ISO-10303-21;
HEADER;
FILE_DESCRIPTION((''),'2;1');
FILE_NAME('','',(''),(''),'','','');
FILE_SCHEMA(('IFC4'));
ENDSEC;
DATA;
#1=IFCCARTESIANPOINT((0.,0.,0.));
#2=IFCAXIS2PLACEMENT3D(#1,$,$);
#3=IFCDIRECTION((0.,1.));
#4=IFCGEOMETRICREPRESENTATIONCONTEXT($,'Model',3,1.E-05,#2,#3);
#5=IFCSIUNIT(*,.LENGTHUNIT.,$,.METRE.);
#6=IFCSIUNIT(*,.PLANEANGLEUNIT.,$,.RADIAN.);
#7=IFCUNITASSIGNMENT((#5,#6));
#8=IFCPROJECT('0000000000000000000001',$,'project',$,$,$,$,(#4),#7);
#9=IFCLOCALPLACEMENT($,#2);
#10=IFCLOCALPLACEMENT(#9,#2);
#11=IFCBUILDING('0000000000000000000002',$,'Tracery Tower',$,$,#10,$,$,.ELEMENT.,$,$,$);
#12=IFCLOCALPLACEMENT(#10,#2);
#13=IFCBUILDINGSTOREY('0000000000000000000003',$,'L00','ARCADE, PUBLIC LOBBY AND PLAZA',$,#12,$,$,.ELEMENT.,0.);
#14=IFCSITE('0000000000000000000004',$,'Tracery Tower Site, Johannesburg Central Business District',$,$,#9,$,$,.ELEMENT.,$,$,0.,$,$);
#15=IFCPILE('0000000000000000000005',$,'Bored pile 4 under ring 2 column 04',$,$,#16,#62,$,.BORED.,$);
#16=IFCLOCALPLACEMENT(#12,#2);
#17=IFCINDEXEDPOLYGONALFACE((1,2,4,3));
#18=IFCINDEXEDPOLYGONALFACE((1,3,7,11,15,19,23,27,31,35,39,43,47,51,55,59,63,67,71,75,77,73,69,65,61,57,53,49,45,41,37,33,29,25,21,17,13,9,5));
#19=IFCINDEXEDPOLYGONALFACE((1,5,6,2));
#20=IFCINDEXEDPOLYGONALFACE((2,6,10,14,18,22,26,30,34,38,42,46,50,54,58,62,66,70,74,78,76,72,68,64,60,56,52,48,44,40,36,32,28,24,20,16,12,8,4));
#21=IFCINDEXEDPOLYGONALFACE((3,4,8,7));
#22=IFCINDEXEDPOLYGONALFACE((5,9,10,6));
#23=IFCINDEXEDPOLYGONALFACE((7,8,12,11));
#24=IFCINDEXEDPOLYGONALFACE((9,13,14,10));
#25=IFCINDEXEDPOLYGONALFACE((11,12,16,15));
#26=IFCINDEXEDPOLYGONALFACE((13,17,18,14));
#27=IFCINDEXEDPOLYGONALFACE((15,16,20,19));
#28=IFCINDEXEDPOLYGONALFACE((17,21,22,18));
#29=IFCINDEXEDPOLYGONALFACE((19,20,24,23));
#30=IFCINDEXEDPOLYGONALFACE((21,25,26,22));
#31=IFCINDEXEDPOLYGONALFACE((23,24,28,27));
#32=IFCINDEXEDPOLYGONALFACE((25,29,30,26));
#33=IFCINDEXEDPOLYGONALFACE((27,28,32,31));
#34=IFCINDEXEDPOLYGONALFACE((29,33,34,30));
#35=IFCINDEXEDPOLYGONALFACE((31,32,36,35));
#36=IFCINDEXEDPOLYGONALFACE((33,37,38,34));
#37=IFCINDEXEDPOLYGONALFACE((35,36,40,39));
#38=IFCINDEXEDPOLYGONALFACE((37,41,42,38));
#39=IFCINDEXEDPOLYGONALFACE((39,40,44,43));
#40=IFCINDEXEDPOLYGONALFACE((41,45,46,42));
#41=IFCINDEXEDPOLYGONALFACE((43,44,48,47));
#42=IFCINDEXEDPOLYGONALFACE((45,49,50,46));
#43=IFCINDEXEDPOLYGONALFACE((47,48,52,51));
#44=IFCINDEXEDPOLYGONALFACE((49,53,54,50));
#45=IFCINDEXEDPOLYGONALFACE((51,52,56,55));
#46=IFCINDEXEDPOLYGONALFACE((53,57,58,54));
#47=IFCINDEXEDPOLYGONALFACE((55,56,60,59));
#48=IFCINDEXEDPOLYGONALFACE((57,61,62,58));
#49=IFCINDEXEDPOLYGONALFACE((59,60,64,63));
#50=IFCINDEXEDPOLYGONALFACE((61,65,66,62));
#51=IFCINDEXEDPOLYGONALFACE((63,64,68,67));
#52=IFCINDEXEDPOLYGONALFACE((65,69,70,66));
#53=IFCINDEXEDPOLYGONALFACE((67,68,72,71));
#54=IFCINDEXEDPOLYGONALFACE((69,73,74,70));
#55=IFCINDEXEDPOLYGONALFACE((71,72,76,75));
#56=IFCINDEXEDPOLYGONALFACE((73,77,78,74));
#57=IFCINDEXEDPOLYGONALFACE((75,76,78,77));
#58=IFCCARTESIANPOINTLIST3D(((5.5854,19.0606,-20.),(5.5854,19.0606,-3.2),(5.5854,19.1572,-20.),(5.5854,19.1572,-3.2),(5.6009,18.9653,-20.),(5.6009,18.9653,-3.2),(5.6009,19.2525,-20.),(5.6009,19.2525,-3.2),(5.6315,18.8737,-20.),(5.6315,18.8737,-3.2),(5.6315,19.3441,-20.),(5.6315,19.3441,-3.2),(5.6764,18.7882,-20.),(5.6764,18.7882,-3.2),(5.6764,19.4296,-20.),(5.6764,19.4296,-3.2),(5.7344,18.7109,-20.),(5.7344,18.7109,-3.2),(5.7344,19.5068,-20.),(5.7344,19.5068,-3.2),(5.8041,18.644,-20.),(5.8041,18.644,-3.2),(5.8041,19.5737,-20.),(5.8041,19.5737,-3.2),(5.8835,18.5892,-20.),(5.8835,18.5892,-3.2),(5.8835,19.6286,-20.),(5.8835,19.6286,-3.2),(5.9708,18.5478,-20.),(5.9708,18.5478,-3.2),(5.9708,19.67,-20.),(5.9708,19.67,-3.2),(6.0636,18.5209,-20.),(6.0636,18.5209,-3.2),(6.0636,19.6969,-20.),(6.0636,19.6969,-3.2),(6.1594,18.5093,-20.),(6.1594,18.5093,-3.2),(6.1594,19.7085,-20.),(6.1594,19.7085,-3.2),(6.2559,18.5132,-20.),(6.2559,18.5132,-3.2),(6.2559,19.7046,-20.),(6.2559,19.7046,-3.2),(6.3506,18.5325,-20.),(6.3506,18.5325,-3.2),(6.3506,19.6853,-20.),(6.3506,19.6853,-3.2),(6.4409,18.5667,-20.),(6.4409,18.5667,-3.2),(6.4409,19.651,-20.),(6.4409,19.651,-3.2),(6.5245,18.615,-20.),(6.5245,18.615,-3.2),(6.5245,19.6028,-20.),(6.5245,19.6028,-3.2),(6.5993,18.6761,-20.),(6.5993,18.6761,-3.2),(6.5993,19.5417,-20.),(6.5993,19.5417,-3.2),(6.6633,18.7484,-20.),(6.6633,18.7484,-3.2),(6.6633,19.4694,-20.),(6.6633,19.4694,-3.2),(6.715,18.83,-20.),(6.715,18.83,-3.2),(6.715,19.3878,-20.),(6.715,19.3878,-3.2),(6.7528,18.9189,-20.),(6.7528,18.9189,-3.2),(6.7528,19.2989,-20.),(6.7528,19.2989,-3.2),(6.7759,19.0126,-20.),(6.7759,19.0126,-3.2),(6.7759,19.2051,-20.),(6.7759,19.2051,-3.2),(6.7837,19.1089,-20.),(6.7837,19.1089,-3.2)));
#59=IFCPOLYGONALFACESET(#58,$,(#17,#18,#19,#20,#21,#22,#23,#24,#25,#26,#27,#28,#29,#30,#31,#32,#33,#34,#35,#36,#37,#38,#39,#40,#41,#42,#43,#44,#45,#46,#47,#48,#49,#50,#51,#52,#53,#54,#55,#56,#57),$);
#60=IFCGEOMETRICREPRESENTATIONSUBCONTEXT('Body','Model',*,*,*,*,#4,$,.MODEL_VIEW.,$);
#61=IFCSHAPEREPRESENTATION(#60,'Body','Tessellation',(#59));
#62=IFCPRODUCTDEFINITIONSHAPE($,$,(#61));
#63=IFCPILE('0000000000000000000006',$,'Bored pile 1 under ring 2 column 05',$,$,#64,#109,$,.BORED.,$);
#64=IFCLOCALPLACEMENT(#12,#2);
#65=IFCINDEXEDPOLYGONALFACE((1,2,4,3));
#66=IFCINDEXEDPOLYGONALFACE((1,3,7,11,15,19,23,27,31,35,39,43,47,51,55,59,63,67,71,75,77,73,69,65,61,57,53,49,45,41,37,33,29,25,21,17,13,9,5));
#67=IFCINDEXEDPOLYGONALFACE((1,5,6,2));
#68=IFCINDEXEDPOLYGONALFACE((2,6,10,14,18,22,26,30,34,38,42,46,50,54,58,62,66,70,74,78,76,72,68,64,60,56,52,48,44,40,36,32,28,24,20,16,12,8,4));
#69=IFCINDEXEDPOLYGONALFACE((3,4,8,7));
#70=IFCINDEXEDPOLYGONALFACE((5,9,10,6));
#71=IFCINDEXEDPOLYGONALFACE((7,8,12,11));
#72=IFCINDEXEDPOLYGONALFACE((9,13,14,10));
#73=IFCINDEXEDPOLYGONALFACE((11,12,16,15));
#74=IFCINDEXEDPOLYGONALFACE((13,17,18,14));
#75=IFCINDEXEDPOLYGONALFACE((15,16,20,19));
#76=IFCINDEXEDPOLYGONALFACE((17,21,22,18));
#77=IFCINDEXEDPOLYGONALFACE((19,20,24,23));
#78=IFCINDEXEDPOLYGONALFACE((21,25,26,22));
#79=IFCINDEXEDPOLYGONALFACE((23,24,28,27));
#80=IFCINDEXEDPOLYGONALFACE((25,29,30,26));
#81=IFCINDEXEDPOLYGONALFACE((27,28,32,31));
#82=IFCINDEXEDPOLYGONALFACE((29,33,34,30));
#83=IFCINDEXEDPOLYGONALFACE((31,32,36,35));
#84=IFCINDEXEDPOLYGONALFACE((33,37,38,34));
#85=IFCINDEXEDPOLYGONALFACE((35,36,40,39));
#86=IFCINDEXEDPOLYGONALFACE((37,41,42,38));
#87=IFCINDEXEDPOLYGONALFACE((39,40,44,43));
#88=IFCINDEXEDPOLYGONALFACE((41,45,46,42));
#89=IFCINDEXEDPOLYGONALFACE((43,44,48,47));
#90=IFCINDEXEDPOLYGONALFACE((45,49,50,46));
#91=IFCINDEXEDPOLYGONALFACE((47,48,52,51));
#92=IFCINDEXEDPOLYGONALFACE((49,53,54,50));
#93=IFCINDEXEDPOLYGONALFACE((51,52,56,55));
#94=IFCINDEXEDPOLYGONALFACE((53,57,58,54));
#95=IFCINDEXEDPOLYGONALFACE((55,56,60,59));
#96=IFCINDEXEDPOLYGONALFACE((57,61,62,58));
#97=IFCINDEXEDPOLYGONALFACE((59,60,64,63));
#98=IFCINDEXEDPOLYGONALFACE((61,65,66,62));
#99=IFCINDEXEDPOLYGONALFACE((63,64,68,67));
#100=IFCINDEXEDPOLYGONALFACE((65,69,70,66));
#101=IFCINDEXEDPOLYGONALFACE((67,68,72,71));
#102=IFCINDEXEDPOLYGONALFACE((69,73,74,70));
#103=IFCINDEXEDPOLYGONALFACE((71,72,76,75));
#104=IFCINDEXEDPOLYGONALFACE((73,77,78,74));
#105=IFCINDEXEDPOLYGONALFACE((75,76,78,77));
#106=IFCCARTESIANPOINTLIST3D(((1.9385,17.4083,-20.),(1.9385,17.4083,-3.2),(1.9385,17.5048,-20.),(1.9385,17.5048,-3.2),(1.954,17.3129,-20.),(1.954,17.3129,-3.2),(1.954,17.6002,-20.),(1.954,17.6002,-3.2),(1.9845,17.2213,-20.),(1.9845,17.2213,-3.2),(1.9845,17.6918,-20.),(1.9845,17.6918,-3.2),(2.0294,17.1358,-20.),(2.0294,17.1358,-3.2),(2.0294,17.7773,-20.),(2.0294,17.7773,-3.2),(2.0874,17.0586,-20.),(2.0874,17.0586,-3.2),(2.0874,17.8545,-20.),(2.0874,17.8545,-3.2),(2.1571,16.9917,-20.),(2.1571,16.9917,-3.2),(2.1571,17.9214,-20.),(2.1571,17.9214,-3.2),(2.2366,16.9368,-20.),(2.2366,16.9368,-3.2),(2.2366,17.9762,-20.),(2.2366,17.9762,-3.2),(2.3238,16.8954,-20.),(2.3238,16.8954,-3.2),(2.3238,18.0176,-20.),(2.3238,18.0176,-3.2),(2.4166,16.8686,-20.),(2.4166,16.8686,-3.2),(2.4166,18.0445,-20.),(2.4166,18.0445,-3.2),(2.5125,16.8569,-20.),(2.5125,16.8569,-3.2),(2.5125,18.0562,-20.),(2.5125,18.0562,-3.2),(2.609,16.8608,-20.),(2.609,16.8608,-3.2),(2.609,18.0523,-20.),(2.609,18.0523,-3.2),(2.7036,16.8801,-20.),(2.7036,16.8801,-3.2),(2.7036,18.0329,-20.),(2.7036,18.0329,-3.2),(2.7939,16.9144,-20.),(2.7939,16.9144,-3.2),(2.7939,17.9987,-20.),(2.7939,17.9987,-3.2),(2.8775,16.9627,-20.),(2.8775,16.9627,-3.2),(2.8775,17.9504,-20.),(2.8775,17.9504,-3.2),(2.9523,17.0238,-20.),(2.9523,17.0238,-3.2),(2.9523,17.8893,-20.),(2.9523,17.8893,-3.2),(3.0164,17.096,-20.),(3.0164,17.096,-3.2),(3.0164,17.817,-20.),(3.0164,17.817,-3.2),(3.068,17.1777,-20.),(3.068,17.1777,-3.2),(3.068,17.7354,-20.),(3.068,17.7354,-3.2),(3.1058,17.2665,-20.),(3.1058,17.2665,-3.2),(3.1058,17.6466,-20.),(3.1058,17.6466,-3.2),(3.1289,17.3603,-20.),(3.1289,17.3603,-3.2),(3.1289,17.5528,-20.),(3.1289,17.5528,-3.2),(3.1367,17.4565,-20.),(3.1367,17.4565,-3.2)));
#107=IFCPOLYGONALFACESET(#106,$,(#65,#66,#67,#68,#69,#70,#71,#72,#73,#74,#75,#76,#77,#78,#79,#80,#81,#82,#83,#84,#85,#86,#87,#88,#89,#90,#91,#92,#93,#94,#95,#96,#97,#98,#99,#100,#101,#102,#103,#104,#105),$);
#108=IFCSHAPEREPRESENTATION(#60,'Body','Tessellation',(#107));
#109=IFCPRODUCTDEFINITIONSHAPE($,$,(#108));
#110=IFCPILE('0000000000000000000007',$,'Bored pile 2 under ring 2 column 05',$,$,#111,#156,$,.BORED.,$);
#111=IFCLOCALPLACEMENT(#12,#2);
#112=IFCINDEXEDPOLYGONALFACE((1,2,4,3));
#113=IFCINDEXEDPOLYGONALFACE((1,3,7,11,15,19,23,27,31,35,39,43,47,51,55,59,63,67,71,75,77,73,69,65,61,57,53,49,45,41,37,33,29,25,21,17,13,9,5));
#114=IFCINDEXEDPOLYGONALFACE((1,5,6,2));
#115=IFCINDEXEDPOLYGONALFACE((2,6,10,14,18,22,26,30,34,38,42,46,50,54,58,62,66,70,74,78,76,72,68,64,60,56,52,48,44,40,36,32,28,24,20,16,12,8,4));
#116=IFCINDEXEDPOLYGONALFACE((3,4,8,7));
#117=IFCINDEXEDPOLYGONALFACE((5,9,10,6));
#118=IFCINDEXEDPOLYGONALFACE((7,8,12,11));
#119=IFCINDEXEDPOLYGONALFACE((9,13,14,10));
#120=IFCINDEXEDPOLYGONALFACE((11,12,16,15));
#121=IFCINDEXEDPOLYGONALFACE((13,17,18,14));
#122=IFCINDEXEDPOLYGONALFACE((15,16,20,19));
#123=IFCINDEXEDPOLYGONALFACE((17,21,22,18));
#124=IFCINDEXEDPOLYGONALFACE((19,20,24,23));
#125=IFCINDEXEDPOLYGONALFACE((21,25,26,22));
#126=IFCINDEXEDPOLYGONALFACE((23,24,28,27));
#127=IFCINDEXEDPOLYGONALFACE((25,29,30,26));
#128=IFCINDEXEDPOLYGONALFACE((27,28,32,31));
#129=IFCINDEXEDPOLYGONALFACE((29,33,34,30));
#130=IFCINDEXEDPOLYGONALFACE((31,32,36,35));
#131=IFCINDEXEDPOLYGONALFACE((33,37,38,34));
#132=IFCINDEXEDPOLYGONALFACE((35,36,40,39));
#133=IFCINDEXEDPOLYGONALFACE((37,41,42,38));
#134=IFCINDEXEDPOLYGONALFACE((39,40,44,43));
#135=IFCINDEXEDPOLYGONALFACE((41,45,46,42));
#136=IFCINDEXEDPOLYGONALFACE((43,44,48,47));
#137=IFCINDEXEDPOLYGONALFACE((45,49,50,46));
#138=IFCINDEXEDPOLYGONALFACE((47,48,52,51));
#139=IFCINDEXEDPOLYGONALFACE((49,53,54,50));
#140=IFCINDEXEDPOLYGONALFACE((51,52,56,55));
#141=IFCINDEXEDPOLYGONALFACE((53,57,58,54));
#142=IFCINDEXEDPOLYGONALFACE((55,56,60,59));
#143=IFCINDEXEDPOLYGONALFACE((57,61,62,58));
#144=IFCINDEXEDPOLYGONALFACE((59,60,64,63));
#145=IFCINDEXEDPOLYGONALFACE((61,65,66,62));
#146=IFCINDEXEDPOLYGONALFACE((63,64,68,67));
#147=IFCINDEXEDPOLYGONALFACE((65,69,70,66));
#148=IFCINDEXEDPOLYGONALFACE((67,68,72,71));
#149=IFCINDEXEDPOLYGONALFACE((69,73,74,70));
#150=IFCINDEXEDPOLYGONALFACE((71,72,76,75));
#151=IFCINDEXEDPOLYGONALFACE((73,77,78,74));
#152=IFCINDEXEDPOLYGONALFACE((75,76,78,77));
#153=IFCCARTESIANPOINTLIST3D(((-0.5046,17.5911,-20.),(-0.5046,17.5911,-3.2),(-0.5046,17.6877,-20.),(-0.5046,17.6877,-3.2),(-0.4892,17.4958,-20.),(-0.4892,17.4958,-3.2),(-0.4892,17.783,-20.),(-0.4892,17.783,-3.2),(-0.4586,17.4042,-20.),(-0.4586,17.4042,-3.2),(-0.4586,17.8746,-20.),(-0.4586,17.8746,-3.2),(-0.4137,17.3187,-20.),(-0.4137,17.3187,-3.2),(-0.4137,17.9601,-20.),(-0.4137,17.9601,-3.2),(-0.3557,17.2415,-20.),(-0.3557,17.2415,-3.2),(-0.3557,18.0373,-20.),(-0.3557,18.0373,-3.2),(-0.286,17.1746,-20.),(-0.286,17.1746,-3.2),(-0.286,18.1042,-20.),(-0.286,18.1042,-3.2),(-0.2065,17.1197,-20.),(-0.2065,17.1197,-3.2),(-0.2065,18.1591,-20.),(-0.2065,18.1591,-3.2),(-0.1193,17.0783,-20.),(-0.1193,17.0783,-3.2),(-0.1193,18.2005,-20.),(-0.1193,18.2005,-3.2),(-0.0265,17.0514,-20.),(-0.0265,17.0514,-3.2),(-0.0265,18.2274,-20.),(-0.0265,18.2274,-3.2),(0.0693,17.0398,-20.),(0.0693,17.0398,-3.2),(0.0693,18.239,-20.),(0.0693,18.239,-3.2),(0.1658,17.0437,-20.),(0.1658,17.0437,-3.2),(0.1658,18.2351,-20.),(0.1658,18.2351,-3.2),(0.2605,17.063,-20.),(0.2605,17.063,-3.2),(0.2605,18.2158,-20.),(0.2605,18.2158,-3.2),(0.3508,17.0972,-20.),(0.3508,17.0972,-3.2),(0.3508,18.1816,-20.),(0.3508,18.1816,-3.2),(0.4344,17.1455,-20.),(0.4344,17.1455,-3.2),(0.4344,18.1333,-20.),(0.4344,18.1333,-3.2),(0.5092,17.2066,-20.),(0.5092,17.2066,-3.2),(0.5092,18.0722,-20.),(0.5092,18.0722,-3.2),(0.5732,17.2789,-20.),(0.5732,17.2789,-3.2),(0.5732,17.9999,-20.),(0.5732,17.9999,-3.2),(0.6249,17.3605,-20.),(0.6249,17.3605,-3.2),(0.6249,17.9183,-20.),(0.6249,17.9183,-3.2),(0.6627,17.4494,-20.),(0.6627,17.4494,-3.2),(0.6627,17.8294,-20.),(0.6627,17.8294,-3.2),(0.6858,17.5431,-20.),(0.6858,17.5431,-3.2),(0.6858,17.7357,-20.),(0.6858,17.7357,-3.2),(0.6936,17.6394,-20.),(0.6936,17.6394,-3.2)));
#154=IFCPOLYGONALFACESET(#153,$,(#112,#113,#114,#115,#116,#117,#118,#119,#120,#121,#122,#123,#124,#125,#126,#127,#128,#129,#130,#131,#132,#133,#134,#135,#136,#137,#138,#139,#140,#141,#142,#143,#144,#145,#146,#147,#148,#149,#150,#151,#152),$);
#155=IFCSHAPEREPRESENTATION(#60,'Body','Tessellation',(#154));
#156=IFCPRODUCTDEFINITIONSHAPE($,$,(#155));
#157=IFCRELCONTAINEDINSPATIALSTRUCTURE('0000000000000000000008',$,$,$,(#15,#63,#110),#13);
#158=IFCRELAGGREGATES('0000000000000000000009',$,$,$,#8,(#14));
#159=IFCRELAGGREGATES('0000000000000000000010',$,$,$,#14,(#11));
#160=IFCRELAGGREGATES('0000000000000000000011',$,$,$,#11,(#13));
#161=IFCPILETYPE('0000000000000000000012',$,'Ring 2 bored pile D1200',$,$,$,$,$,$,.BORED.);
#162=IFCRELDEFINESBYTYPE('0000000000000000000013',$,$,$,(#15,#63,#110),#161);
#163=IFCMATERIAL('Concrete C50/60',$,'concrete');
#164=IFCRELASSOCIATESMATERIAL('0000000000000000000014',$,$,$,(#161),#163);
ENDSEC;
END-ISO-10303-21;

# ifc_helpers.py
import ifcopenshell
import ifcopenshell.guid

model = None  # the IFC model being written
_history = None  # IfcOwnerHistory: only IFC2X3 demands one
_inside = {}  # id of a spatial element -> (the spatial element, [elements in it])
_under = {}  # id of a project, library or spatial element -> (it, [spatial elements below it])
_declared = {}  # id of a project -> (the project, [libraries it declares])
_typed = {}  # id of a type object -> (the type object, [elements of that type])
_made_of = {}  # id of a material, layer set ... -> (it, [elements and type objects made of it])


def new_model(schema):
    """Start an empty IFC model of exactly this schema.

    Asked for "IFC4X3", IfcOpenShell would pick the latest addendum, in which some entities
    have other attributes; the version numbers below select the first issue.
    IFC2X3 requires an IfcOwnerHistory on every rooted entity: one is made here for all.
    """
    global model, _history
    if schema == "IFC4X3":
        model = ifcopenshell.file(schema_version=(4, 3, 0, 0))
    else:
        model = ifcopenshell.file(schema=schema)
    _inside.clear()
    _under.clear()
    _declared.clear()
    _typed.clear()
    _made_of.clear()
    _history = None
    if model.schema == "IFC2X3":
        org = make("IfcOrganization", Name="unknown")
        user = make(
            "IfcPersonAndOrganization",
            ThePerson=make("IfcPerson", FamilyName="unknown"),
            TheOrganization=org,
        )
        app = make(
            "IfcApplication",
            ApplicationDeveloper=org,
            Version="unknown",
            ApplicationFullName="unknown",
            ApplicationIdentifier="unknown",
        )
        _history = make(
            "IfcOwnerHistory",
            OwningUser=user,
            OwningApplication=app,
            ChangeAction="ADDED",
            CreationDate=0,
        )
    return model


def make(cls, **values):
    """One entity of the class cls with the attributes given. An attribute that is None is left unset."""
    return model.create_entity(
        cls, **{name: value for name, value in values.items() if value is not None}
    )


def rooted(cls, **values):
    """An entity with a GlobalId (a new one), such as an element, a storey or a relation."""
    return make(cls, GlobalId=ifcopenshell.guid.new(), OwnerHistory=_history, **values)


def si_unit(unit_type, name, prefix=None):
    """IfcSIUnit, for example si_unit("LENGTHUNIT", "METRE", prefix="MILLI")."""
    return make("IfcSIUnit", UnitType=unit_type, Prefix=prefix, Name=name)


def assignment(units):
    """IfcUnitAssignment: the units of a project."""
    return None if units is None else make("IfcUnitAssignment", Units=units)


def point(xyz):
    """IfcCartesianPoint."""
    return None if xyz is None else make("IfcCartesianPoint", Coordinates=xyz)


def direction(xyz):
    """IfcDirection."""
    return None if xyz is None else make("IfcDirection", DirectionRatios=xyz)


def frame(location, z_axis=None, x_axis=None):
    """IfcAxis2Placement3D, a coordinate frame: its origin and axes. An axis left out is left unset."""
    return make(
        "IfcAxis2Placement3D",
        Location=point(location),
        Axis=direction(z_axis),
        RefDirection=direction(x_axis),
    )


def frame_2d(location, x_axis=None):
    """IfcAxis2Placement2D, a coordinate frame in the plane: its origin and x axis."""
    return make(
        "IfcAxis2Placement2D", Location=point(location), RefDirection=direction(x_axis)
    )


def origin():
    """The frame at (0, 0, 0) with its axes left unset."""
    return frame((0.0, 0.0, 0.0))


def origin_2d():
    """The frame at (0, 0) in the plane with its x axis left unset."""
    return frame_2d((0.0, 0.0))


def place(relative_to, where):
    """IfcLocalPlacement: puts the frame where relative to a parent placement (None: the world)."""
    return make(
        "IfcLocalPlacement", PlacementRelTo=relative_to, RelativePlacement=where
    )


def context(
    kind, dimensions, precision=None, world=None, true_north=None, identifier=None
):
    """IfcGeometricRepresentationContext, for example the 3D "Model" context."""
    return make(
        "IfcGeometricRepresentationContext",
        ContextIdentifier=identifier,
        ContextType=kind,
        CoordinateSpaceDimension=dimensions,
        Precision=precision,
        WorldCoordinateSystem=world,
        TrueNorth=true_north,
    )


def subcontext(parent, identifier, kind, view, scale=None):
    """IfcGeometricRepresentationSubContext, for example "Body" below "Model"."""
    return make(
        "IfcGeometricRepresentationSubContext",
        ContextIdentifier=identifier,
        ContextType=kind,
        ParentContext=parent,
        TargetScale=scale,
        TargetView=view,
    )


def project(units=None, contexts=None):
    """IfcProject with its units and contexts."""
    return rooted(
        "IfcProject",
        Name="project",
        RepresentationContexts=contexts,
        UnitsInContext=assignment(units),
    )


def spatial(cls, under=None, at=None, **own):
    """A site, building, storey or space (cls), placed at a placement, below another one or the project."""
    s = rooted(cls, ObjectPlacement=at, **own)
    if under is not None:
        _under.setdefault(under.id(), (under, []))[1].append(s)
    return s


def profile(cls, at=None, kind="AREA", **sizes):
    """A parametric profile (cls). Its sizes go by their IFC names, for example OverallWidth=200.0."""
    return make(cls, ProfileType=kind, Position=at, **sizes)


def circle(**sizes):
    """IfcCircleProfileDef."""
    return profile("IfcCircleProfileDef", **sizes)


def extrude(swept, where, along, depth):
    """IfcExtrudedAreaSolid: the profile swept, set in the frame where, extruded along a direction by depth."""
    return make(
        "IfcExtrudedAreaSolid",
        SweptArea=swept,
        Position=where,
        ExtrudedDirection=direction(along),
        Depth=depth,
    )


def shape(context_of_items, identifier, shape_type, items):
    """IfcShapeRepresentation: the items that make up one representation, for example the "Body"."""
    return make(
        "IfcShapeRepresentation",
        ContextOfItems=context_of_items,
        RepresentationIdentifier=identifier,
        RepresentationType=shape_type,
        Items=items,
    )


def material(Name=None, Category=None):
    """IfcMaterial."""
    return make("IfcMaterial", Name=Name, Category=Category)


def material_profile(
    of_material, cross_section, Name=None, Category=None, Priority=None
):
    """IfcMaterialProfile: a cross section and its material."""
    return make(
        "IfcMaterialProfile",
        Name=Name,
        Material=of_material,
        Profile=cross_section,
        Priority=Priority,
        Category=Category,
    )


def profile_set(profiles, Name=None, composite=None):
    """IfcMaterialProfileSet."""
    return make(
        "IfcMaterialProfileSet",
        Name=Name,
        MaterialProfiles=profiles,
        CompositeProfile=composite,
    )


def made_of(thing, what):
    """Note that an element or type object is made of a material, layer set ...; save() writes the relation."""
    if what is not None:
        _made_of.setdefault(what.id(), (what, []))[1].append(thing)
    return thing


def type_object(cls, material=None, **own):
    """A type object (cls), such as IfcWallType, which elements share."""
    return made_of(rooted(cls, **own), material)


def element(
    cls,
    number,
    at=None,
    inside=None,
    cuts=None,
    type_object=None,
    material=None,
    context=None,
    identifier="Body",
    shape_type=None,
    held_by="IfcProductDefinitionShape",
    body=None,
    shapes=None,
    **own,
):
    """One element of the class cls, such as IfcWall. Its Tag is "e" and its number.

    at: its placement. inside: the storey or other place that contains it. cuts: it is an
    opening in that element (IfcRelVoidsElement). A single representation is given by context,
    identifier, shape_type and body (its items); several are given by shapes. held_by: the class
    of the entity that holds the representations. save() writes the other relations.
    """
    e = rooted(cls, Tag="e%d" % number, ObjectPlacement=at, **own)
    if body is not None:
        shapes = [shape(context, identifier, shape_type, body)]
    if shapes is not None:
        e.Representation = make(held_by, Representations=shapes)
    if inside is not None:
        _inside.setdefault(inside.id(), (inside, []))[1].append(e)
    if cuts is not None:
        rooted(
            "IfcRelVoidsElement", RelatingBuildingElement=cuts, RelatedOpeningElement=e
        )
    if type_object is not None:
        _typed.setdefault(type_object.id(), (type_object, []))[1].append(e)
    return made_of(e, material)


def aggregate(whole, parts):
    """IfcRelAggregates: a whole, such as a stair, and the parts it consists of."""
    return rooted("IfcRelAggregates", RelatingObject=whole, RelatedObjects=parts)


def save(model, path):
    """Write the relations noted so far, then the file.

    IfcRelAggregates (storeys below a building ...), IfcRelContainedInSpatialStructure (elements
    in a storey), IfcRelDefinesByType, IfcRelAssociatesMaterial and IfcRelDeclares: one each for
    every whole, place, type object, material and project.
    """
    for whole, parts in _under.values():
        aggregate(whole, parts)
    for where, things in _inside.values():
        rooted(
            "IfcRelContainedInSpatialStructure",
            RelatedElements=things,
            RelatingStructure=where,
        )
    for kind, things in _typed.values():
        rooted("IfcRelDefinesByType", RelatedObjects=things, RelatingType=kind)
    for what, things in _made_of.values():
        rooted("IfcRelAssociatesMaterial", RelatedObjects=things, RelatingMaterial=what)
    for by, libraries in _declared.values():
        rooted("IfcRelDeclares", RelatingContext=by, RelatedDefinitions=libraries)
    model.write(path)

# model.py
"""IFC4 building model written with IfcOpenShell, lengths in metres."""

from ifc_helpers import new_model, si_unit, direction, frame, origin, origin_2d, place, context, subcontext, project, spatial, circle, extrude, material, material_profile, profile_set, type_object, element, save


model = new_model("IFC4")

# Units and contexts
model_context = context("Model", 3, precision=1e-05, world=origin(), true_north=direction((0.0, 1.0)))
body_context = subcontext(model_context, "Body", "Model", "MODEL_VIEW")
ifc_project = project(units=[si_unit("LENGTHUNIT", "METRE"), si_unit("PLANEANGLEUNIT", "RADIAN")], contexts=[model_context])

# Site, building, storey
site_placement = place(None, origin())
site = spatial("IfcSite", under=ifc_project, at=site_placement, Name="Tracery Tower Site, Johannesburg Central Business District", CompositionType="ELEMENT", RefElevation=0.0)
building_placement = place(site_placement, origin())
building = spatial("IfcBuilding", under=site, at=building_placement, Name="Tracery Tower", CompositionType="ELEMENT")
storey_placement = place(building_placement, origin())
storey = spatial("IfcBuildingStorey", under=building, at=storey_placement, Name="L00", Description="ARCADE, PUBLIC LOBBY AND PLAZA", CompositionType="ELEMENT", Elevation=0.0)

# Piles
ifc_material_1 = material(Name="Concrete C50/60", Category="concrete")
ifc_material_profile_1 = material_profile(ifc_material_1, circle(Radius=0.6001, at=origin_2d()), Name="RC D1200")
ifc_profile_set_1 = profile_set([ifc_material_profile_1], Name="Concrete C50/60")
pile_type = type_object("IfcPileType", Name="Ring 2 bored pile D1200", PredefinedType="BORED", material=ifc_profile_set_1)
for number, where, z_axis, x_axis, name in (
    (1, (6.1836, 19.1089, -3.2), (0.0, 0.0, -1.0), (1.0, 0.0, 0.0), "Bored pile 4 under ring 2 column 04"),
    (2, (2.5366, 17.4565, -3.2), (0.0, 0.0, -1.0), (1.0, 0.0, 0.0), "Bored pile 1 under ring 2 column 05"),
    (3, (0.0935, 17.6394, -3.2), (0.0, 0.0, -1.0), (1.0, 0.0, 0.0), "Bored pile 2 under ring 2 column 05"),
):
    element("IfcPile", number, at=place(storey_placement, frame(where, z_axis=z_axis, x_axis=x_axis)), inside=storey, type_object=pile_type, Name=name, PredefinedType="BORED", context=body_context, shape_type="SweptSolid", body=[
        extrude(circle(Radius=0.6001, at=origin_2d()), origin(), (0.0, 0.0, 1.0), 16.8),
    ])

save(model, "model.ifc")
